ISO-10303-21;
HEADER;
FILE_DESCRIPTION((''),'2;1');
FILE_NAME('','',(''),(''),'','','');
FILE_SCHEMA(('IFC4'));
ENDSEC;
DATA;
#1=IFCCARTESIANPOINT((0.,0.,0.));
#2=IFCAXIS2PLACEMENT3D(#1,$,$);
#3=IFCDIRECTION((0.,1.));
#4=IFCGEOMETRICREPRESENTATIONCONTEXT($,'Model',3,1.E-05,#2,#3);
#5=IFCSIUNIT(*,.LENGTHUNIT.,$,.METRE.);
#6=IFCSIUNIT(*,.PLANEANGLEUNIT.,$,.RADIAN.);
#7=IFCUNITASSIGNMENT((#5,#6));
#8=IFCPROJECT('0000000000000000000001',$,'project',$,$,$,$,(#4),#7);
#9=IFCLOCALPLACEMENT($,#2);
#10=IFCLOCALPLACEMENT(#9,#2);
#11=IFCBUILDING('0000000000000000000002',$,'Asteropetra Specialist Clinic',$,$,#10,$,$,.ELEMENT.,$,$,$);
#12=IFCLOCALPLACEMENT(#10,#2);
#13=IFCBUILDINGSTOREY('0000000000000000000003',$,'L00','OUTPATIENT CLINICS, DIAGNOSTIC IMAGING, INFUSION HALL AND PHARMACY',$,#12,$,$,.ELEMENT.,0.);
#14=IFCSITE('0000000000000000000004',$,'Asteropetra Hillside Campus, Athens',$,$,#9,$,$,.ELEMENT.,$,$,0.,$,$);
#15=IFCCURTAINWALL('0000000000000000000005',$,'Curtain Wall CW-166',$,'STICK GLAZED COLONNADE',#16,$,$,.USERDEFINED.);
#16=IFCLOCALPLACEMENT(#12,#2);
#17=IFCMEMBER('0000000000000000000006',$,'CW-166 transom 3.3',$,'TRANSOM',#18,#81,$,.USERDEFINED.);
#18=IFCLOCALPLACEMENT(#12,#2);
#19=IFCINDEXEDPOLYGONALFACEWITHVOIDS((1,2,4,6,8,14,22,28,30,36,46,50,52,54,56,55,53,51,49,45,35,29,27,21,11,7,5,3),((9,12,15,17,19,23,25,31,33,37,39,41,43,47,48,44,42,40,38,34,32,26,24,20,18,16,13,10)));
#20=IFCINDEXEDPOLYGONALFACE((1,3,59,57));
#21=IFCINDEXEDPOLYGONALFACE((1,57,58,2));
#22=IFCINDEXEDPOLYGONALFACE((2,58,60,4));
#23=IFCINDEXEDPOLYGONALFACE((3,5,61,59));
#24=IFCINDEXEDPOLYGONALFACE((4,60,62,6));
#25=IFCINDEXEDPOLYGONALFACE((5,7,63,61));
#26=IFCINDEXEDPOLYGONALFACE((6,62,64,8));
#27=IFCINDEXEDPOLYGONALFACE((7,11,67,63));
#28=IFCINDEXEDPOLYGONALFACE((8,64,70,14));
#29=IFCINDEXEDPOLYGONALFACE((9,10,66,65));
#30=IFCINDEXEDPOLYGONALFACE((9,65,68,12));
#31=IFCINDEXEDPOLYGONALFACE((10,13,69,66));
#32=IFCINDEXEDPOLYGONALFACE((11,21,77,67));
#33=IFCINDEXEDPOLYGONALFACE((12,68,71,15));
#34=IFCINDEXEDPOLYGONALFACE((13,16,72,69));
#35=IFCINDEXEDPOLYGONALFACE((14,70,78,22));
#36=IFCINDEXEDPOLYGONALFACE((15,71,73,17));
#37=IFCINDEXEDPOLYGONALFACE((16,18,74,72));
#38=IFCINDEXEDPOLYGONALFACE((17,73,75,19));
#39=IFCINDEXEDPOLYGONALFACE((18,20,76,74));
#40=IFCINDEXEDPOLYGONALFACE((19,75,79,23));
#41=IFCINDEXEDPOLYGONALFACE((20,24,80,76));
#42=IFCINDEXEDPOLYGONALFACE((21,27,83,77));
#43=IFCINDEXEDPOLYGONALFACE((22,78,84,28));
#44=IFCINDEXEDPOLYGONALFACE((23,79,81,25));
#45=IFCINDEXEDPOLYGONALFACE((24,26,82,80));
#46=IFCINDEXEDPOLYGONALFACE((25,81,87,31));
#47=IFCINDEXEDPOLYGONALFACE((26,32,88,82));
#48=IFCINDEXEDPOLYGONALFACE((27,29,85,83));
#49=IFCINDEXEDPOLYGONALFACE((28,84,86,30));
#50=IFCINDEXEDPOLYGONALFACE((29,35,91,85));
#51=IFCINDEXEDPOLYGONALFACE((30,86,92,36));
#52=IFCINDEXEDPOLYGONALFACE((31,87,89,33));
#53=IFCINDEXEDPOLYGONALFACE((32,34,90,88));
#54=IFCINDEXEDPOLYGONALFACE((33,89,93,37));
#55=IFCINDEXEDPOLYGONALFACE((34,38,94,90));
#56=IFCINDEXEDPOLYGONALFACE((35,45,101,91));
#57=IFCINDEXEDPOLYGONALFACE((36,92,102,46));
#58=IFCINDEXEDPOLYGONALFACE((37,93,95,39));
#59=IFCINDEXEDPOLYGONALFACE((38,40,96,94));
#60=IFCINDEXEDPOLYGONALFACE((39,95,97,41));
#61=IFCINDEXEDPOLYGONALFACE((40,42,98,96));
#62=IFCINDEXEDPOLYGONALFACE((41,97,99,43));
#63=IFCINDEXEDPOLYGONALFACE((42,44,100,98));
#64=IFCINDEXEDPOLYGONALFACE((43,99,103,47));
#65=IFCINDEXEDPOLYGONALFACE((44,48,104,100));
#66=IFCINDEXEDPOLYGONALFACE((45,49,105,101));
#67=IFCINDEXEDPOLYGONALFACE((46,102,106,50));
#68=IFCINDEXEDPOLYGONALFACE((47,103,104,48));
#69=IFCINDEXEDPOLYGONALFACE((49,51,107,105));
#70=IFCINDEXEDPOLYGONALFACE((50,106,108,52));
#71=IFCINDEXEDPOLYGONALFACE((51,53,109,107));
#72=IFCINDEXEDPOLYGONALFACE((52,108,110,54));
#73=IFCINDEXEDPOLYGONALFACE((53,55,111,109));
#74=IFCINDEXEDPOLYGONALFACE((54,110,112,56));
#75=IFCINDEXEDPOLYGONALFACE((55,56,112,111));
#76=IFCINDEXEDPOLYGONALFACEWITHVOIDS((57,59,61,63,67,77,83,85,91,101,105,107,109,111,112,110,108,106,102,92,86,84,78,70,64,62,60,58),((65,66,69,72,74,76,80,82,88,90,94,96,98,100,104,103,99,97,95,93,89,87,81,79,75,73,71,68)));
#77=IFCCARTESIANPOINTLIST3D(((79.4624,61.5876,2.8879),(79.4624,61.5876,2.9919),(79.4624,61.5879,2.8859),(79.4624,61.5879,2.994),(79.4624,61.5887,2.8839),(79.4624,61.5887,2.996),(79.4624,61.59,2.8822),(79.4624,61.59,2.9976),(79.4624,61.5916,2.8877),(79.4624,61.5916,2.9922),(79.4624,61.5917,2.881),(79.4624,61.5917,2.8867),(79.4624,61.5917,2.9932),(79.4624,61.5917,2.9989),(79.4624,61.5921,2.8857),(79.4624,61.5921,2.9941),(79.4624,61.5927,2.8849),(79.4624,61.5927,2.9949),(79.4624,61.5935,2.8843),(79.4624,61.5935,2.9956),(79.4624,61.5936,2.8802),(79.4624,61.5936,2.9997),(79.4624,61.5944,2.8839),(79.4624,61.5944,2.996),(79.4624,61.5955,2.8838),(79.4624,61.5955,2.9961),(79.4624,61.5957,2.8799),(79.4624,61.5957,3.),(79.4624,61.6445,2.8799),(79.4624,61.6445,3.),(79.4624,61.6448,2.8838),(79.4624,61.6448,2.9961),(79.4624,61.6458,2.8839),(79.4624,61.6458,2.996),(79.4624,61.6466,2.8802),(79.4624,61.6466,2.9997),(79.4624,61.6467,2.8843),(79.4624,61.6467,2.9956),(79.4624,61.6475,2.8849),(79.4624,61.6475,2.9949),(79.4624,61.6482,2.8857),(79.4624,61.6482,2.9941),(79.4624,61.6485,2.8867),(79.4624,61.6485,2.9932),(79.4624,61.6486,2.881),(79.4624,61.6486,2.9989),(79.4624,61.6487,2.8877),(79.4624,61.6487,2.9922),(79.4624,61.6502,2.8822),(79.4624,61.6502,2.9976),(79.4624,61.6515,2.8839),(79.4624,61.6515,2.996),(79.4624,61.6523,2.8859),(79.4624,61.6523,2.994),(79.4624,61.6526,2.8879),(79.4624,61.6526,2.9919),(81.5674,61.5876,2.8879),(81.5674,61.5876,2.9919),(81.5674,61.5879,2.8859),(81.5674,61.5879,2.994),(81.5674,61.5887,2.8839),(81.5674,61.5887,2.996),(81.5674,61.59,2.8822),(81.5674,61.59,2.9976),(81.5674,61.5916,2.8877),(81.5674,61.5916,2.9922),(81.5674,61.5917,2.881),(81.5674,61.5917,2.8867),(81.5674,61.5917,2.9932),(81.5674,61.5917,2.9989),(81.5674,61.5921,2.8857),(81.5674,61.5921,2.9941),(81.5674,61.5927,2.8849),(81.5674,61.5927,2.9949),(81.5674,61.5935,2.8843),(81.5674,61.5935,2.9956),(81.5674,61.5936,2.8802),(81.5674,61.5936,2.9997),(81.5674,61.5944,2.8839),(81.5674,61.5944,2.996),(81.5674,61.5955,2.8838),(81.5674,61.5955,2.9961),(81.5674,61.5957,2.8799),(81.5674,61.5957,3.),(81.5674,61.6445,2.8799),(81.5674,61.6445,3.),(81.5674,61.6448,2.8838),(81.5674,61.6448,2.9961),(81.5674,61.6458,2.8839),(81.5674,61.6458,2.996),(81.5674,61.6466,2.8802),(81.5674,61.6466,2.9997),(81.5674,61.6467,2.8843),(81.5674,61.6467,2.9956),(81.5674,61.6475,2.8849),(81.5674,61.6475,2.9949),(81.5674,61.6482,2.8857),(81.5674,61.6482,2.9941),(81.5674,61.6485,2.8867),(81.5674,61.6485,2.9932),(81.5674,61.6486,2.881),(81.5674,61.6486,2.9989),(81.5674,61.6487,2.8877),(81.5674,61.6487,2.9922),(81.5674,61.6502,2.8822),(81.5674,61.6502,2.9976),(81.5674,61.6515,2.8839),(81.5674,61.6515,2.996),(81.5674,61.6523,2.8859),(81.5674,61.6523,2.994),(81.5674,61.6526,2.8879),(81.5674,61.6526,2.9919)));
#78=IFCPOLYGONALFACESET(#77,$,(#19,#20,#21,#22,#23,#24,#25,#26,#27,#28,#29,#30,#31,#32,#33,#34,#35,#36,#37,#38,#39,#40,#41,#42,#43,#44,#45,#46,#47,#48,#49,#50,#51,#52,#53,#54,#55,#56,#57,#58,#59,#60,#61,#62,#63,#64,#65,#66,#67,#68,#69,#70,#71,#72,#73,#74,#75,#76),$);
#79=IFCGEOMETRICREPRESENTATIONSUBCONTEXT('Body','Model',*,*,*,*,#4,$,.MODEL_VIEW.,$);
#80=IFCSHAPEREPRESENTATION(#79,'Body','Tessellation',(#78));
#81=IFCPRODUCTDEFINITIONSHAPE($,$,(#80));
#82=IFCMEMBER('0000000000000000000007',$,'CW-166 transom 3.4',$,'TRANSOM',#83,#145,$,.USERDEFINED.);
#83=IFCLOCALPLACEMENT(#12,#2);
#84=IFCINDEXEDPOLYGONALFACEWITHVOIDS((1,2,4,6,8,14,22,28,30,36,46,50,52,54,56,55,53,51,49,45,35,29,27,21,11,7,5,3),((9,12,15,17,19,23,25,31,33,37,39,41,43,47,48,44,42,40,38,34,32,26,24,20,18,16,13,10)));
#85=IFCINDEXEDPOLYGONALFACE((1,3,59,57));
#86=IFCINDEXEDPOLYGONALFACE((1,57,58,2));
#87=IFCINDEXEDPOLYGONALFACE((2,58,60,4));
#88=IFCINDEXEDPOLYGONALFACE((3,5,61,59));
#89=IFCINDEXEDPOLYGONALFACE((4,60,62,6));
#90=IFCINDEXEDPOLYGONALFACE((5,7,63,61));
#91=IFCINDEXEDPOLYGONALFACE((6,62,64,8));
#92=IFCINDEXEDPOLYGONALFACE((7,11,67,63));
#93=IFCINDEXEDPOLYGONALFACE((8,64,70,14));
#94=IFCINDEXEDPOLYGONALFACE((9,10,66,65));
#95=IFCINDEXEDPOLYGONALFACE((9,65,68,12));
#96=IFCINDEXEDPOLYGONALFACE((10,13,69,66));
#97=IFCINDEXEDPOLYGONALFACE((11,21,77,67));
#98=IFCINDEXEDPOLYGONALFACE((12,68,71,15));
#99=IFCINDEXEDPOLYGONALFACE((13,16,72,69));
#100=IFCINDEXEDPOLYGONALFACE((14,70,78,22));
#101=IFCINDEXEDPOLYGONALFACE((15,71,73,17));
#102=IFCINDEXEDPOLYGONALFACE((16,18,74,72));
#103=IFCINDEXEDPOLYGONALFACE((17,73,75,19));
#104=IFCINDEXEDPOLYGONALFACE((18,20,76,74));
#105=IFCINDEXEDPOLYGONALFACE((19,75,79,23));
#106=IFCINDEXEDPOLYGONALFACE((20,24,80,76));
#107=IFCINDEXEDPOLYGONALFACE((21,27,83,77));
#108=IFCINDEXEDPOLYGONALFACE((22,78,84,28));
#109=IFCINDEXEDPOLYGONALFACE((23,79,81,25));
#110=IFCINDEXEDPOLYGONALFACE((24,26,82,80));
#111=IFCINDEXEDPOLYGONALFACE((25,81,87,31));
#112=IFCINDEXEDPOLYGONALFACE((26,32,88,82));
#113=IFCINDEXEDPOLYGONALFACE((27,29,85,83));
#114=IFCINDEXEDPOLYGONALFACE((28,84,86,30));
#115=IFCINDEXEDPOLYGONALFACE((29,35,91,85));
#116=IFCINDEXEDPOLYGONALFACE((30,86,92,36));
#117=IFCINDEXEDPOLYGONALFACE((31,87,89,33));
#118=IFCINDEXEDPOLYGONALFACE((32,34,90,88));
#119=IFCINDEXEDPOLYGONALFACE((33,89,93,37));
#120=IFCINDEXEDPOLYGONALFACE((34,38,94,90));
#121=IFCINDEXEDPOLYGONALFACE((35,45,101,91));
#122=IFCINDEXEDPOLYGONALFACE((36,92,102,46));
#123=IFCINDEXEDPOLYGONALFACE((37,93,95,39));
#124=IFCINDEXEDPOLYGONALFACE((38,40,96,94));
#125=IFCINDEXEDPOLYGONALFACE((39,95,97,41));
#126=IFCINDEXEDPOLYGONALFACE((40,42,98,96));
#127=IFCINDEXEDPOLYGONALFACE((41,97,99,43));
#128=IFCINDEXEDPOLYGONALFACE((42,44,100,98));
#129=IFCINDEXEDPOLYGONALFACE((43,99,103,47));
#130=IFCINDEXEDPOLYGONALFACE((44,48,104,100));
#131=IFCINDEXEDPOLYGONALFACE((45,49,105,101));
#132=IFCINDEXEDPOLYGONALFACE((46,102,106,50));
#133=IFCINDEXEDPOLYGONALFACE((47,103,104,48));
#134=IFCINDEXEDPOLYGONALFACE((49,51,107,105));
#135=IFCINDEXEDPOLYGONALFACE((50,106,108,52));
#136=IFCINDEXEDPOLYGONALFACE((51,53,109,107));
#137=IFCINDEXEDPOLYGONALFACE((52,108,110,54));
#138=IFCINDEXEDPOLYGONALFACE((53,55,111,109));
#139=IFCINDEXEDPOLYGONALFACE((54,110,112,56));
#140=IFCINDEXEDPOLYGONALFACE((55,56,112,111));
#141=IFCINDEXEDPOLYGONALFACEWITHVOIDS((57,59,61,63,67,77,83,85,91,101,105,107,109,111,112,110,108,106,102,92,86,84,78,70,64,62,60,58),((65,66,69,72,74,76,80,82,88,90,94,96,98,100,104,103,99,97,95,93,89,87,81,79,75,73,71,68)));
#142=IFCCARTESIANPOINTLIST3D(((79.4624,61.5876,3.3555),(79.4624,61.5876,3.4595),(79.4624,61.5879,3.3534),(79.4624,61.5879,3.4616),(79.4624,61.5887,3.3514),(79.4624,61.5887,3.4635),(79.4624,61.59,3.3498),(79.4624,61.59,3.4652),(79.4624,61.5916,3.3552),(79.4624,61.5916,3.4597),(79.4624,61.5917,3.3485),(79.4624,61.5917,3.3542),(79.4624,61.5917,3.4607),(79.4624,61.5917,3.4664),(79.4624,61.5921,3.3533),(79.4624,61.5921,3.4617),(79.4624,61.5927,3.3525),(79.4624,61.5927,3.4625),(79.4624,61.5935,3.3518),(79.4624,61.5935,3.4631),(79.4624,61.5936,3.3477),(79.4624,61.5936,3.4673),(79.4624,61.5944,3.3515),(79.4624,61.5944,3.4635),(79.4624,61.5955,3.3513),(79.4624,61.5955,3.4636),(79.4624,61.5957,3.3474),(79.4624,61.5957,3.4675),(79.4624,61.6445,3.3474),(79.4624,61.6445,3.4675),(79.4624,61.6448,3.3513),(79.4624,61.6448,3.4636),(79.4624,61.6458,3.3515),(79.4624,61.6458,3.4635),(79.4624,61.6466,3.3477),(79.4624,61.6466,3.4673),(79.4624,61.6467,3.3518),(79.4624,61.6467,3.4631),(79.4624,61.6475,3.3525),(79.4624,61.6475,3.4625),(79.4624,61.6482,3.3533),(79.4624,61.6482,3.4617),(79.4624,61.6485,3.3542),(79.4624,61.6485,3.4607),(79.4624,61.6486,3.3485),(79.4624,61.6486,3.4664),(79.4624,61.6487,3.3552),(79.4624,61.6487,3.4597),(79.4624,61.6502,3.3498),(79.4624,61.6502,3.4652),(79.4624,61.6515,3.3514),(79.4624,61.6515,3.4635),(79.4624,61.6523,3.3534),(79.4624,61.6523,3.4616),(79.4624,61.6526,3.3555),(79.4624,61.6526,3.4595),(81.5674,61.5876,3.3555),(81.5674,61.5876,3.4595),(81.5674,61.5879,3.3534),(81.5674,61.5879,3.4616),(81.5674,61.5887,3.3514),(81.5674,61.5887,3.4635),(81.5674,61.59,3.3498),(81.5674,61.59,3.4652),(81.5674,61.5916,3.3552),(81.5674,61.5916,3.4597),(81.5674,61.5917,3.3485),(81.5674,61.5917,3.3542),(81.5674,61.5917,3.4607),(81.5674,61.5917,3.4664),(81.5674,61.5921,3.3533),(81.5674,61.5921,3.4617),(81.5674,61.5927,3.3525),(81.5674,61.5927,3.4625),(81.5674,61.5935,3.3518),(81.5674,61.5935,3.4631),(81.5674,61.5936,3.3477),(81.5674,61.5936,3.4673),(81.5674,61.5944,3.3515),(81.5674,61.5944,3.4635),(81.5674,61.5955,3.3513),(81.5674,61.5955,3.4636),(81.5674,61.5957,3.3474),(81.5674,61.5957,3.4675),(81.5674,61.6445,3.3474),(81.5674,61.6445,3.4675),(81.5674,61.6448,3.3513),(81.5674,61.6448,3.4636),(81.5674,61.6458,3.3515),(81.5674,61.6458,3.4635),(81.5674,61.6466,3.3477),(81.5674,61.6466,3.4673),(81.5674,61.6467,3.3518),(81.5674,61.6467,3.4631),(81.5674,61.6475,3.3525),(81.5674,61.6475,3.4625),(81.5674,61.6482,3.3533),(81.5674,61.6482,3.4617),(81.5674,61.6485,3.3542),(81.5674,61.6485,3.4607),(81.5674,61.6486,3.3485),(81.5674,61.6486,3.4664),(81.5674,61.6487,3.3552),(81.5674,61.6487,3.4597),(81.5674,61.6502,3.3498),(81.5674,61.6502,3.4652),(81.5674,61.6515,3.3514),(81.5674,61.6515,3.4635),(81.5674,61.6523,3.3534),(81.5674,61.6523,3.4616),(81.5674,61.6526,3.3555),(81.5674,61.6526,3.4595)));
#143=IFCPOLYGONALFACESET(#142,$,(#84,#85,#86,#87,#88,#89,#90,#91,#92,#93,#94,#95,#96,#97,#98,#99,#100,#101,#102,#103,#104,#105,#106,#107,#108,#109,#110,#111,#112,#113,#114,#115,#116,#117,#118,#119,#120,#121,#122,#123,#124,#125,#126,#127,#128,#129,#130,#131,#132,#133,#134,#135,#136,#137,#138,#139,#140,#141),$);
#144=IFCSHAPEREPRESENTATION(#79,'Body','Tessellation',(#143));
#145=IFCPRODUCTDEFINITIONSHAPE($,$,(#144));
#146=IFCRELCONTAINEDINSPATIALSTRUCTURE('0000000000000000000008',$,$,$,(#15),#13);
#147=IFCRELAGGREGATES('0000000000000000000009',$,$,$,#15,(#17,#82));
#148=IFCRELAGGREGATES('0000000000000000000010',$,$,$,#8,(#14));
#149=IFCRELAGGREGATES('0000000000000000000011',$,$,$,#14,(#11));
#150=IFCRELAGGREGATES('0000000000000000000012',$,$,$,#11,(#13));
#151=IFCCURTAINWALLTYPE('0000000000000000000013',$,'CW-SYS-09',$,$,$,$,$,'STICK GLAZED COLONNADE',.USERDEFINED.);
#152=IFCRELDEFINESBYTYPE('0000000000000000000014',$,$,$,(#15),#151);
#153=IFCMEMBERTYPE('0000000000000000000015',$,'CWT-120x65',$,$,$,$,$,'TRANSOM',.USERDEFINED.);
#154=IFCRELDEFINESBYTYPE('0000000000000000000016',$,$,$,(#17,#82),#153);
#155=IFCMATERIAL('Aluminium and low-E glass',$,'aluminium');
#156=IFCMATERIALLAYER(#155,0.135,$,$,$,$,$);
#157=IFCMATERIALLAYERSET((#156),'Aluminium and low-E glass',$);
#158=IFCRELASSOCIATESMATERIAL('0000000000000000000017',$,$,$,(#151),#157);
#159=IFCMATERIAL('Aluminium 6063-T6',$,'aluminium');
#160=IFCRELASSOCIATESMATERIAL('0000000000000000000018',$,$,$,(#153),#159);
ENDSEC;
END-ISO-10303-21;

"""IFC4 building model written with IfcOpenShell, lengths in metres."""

from ifc_helpers import new_model, si_unit, direction, frame, origin, origin_2d, place, context, subcontext, project, spatial, hollow_rectangle, extrude, material, layer, layer_set, material_profile, profile_set, type_object, element, aggregate, save


model = new_model("IFC4")

# Units and contexts
model_context = context("Model", 3, precision=1e-05, world=origin(), true_north=direction((0.0, 1.0)))
body_context = subcontext(model_context, "Body", "Model", "MODEL_VIEW")
ifc_project = project(units=[si_unit("LENGTHUNIT", "METRE"), si_unit("PLANEANGLEUNIT", "RADIAN")], contexts=[model_context])

# Site, building, storey
site_placement = place(None, origin())
site = spatial("IfcSite", under=ifc_project, at=site_placement, Name="Asteropetra Hillside Campus, Athens", CompositionType="ELEMENT", RefElevation=0.0)
building_placement = place(site_placement, origin())
building = spatial("IfcBuilding", under=site, at=building_placement, Name="Asteropetra Specialist Clinic", CompositionType="ELEMENT")
storey_placement = place(building_placement, origin())
storey = spatial("IfcBuildingStorey", under=building, at=storey_placement, Name="L00", Description="OUTPATIENT CLINICS, DIAGNOSTIC IMAGING, INFUSION HALL AND PHARMACY", CompositionType="ELEMENT", Elevation=0.0)

# Curtain wall, members
ifc_material_1 = material(Name="Aluminium and low-E glass", Category="aluminium")
ifc_layer_1 = layer(ifc_material_1, 0.135)
ifc_layer_set_1 = layer_set([ifc_layer_1], Name="Aluminium and low-E glass")
curtain_wall_type = type_object("IfcCurtainWallType", Name="CW-SYS-09", ElementType="STICK GLAZED COLONNADE", PredefinedType="USERDEFINED", material=ifc_layer_set_1)
curtain_wall_placement = place(storey_placement, origin())
curtain_wall = element("IfcCurtainWall", 1, at=curtain_wall_placement, inside=storey, type_object=curtain_wall_type, Name="Curtain Wall CW-166", ObjectType="STICK GLAZED COLONNADE", PredefinedType="USERDEFINED")
ifc_material_2 = material(Name="Aluminium 6063-T6", Category="aluminium")
ifc_material_profile_1 = material_profile(ifc_material_2, hollow_rectangle(XDim=0.0649, YDim=0.1201, WallThickness=0.0039, InnerFilletRadius=0.0039, OuterFilletRadius=0.0081, at=origin_2d()), Name="TRN 120x65x4.0")
ifc_profile_set_1 = profile_set([ifc_material_profile_1], Name="Aluminium 6063-T6")
member_type_1 = type_object("IfcMemberType", Name="CWT-120x65", ElementType="TRANSOM", PredefinedType="USERDEFINED", material=ifc_profile_set_1)
member_1_placement = place(storey_placement, frame((81.5674, 61.6201, 2.9399), z_axis=(-1.0, 0.0, 0.0), x_axis=(0.0, -1.0, 0.0)))
member_1 = element("IfcMember", 2, at=member_1_placement, type_object=member_type_1, Name="CW-166 transom 3.3", ObjectType="TRANSOM", PredefinedType="USERDEFINED", context=body_context, shape_type="SweptSolid", body=[
    extrude(hollow_rectangle(XDim=0.0649, YDim=0.1201, WallThickness=0.0039, InnerFilletRadius=0.0039, OuterFilletRadius=0.0081, at=origin_2d()), origin(), (0.0, 0.0, 1.0), 2.105),
])
member_2_placement = place(storey_placement, frame((81.5674, 61.6201, 3.4075), z_axis=(-1.0, 0.0, 0.0), x_axis=(0.0, -1.0, 0.0)))
member_2 = element("IfcMember", 3, at=member_2_placement, type_object=member_type_1, Name="CW-166 transom 3.4", ObjectType="TRANSOM", PredefinedType="USERDEFINED", context=body_context, shape_type="SweptSolid", body=[
    extrude(hollow_rectangle(XDim=0.0649, YDim=0.1201, WallThickness=0.0039, InnerFilletRadius=0.0039, OuterFilletRadius=0.0081, at=origin_2d()), origin(), (0.0, 0.0, 1.0), 2.105),
])
aggregate(curtain_wall, [member_1, member_2])

save(model, "model.ifc")
